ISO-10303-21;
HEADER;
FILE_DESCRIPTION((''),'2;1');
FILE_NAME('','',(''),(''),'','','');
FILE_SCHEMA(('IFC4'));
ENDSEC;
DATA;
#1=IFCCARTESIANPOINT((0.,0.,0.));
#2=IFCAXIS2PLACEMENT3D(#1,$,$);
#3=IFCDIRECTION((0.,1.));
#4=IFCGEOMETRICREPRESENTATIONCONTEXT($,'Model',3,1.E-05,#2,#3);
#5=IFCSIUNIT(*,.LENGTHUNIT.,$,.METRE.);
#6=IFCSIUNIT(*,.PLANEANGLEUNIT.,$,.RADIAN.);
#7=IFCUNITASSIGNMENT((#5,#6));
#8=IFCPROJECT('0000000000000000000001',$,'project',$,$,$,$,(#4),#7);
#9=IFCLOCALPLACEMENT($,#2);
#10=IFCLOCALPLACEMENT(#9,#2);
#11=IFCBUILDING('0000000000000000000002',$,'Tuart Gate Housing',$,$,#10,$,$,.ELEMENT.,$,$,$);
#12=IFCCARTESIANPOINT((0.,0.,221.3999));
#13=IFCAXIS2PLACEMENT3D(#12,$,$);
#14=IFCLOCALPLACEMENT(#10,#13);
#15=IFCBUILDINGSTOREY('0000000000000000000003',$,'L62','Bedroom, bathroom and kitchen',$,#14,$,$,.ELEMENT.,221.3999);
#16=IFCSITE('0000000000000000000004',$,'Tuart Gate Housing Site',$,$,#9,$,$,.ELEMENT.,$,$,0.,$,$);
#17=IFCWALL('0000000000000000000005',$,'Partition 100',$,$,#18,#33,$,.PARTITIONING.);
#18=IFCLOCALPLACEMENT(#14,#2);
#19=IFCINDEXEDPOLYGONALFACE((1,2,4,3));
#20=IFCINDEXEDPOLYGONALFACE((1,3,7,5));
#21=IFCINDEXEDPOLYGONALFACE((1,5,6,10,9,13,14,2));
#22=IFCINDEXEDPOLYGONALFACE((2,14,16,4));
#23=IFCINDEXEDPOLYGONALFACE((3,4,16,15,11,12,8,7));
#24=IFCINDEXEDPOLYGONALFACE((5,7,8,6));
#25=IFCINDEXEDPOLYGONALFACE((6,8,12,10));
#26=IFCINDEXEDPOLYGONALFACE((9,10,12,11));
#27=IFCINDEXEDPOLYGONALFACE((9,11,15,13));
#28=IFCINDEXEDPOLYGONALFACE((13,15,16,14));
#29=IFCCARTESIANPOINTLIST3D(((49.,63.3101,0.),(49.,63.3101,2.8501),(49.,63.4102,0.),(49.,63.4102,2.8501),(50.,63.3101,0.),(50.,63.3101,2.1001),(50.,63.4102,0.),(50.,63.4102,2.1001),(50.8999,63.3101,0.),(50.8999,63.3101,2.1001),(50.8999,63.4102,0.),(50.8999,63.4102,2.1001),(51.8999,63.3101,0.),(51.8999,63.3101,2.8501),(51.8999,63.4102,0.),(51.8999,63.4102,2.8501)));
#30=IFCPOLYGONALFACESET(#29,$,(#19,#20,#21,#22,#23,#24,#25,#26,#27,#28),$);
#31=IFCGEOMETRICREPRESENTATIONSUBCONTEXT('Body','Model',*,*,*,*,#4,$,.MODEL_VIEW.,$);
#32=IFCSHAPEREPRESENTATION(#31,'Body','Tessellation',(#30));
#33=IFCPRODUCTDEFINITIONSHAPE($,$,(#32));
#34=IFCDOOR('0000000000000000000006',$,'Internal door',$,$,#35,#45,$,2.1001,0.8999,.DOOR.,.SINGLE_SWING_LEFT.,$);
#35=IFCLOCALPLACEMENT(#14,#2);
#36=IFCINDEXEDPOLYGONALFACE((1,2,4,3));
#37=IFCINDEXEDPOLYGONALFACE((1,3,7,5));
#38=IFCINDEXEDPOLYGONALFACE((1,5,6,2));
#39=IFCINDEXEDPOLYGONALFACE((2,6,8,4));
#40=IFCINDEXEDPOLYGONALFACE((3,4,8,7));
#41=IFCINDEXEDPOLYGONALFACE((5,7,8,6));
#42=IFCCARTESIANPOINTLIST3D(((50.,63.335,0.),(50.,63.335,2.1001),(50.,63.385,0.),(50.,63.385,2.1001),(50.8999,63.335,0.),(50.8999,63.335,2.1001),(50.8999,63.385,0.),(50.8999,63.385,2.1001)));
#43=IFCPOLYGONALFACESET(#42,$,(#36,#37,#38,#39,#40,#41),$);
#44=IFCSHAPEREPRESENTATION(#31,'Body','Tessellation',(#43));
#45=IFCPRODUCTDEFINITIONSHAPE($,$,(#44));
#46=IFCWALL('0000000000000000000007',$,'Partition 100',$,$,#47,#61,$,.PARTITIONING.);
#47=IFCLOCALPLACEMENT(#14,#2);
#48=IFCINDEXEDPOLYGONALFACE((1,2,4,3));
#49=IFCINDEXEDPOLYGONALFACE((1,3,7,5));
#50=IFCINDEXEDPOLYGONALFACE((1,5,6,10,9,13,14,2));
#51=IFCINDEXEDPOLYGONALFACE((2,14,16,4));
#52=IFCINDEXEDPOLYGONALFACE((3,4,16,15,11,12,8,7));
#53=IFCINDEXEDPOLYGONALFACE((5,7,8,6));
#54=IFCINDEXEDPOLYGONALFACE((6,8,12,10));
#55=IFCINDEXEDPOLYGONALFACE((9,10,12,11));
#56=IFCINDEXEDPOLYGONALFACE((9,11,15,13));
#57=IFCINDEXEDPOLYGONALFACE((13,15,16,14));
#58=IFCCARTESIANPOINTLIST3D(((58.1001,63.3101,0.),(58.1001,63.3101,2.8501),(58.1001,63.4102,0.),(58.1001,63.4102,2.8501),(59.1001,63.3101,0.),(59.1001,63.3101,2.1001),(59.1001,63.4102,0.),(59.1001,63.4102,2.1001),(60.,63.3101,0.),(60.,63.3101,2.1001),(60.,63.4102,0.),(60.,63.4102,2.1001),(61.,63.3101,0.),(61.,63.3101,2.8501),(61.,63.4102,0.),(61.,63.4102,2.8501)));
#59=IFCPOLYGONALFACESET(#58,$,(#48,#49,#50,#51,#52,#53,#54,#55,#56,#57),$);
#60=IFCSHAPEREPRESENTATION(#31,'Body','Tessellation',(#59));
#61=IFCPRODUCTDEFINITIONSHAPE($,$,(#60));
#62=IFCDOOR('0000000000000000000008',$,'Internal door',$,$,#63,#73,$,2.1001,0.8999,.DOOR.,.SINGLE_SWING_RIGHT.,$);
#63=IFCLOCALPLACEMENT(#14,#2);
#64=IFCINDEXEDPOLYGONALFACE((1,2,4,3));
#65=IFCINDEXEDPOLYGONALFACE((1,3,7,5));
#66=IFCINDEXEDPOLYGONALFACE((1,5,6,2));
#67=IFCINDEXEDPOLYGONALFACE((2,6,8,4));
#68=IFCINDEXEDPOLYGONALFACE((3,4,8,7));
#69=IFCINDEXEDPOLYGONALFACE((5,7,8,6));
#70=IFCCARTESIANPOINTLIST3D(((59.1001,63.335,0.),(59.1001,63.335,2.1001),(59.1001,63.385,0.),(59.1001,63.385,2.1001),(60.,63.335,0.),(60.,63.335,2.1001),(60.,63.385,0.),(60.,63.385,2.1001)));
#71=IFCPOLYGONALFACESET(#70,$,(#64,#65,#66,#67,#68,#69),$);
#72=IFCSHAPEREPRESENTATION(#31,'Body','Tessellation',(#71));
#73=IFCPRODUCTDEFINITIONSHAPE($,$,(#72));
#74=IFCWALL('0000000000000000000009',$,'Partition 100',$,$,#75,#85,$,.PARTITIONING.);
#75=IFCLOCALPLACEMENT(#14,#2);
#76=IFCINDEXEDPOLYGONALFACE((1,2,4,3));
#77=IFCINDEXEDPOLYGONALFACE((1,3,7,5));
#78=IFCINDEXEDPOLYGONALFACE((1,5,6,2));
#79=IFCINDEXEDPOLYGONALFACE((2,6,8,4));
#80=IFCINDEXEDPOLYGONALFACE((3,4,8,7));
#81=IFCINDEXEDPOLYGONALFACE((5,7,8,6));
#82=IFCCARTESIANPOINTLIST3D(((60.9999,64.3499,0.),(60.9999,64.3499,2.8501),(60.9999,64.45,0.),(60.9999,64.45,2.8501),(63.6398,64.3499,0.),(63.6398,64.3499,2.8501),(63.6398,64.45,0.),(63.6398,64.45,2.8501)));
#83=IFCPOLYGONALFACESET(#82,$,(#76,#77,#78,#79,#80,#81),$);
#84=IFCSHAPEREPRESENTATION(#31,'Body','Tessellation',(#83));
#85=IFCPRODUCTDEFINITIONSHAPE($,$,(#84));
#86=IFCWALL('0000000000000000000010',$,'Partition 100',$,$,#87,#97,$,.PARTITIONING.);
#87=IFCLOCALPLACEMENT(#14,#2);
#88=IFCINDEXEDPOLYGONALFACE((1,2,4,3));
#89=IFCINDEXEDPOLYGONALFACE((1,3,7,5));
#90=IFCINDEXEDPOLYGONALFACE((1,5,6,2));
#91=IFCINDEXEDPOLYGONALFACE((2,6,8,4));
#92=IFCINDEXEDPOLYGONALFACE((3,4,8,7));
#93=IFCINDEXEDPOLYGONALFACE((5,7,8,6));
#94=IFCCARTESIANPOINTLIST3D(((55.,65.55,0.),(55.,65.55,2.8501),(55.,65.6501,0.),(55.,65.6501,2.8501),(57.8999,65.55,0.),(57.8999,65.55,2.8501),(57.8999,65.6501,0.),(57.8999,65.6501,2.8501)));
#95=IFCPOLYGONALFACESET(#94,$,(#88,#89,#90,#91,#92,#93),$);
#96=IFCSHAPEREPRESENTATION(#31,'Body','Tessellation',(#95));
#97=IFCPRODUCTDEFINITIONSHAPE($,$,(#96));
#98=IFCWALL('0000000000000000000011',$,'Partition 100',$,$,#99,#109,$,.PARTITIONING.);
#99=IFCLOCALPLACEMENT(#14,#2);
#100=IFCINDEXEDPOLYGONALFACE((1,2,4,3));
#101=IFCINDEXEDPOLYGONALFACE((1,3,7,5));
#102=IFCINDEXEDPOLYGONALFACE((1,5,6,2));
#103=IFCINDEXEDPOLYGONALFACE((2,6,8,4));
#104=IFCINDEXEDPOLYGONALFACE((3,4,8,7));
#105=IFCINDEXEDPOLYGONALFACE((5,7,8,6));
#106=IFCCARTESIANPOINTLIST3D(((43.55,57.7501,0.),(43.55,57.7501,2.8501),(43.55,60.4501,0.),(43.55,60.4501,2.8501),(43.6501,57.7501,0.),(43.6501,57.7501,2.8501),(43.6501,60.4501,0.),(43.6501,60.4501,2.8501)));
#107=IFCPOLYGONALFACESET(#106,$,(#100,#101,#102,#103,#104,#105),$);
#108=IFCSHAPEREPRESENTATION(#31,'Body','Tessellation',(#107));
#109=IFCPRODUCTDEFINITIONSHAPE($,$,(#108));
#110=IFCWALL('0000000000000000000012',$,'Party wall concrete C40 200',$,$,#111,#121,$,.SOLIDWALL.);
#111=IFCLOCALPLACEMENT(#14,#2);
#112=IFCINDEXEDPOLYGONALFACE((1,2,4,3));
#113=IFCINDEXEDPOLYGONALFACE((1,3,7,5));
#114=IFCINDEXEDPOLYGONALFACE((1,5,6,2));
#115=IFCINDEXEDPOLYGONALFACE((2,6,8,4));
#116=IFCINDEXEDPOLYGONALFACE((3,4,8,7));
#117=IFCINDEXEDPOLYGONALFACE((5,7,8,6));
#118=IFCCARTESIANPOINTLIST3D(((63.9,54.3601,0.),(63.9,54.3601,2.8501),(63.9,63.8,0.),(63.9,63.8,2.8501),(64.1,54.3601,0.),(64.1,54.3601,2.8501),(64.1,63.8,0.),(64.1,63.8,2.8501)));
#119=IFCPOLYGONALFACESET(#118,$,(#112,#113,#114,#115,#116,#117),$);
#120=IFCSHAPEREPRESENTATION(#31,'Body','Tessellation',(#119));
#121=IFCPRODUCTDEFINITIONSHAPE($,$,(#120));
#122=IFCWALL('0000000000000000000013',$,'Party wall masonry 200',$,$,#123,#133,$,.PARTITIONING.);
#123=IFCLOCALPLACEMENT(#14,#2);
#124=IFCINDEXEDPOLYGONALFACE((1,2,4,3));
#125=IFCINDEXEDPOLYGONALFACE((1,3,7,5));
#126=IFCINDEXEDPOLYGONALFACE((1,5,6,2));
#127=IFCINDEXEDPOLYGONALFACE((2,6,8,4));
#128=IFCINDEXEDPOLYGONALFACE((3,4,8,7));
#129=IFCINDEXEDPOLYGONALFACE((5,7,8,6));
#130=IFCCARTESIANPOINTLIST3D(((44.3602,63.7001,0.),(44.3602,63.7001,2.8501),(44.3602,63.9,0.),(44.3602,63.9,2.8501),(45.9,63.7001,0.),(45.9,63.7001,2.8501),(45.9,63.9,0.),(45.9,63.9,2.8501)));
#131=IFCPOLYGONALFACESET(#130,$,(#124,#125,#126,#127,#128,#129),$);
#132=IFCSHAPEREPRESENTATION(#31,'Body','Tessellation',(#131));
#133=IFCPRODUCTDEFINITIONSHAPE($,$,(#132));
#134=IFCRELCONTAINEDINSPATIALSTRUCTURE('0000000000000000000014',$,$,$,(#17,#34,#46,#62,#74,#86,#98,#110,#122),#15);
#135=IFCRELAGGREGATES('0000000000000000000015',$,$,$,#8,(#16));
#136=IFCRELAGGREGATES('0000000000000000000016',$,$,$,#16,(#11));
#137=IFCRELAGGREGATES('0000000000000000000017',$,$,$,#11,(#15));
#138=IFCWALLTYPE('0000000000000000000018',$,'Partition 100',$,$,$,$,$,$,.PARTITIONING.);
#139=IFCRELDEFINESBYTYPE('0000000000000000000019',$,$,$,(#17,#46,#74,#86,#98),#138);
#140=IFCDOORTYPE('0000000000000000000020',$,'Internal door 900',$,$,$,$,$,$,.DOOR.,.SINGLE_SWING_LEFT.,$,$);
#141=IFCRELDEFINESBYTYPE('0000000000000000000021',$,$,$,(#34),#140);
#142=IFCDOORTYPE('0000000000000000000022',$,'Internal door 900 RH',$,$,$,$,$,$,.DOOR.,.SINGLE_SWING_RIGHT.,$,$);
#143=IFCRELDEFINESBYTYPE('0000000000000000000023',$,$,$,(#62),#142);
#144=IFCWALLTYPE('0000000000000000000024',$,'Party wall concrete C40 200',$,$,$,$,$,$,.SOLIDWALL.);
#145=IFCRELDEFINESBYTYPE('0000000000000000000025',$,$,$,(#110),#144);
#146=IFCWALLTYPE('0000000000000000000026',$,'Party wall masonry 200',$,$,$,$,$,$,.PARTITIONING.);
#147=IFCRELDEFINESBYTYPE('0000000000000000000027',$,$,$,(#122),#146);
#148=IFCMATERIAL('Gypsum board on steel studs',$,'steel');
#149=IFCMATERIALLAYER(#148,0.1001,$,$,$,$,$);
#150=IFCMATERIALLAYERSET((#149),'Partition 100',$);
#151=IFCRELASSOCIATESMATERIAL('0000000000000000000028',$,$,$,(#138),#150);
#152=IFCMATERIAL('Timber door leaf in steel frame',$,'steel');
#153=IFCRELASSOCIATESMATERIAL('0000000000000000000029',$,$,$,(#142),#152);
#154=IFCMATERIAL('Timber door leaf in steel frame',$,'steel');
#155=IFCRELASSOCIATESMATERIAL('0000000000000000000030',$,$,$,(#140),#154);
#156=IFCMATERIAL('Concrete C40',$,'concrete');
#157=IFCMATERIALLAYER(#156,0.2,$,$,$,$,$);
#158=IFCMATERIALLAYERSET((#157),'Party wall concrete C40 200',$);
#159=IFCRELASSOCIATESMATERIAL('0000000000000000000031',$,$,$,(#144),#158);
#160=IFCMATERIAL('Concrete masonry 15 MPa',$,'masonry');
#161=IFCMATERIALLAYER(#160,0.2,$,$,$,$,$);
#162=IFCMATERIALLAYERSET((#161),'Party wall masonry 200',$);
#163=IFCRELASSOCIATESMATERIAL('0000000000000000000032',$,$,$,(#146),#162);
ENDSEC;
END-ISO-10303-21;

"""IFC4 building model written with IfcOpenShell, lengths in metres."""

from ifc_helpers import new_model, si_unit, direction, frame, frame_2d, origin, place, context, subcontext, project, spatial, rectangle, extrude, material, layer, layer_set, type_object, element, fill, save


model = new_model("IFC4")

# Units and contexts
model_context = context("Model", 3, precision=1e-05, world=origin(), true_north=direction((0.0, 1.0)))
body_context = subcontext(model_context, "Body", "Model", "MODEL_VIEW")
ifc_project = project(units=[si_unit("LENGTHUNIT", "METRE"), si_unit("PLANEANGLEUNIT", "RADIAN")], contexts=[model_context])

# Site, building, storey
site_placement = place(None, origin())
site = spatial("IfcSite", under=ifc_project, at=site_placement, Name="Tuart Gate Housing Site", CompositionType="ELEMENT", RefElevation=0.0)
building_placement = place(site_placement, origin())
building = spatial("IfcBuilding", under=site, at=building_placement, Name="Tuart Gate Housing", CompositionType="ELEMENT")
storey_placement = place(building_placement, frame((0.0, 0.0, 221.3999)))
storey = spatial("IfcBuildingStorey", under=building, at=storey_placement, Name="L62", Description="Bedroom, bathroom and kitchen", CompositionType="ELEMENT", Elevation=221.3999)

# Shared definitions
ifc_material_1 = material(Name="Gypsum board on steel studs", Category="steel")
ifc_layer_1 = layer(ifc_material_1, 0.1001)
ifc_layer_set_1 = layer_set([ifc_layer_1], Name="Partition 100")
wall_type_1 = type_object("IfcWallType", Name="Partition 100", PredefinedType="PARTITIONING", material=ifc_layer_set_1)

# Shared definitions
ifc_material_2 = material(Name="Timber door leaf in steel frame", Category="steel")
door_type_1 = type_object("IfcDoorType", Name="Internal door 900 RH", OperationType="SINGLE_SWING_RIGHT", PredefinedType="DOOR", material=ifc_material_2)

# Shared definitions
ifc_material_3 = material(Name="Timber door leaf in steel frame", Category="steel")
door_type_2 = type_object("IfcDoorType", Name="Internal door 900", OperationType="SINGLE_SWING_LEFT", PredefinedType="DOOR", material=ifc_material_3)

# Walls, openings, doors
wall_1_placement = place(storey_placement, frame((49.0, 63.3601, 0.0), z_axis=(0.0, 0.0, 1.0), x_axis=(1.0, 0.0, 0.0)))
wall_1 = element("IfcWall", 1, at=wall_1_placement, inside=storey, type_object=wall_type_1, Name="Partition 100", PredefinedType="PARTITIONING", context=body_context, shape_type="SweptSolid", body=[
    extrude(rectangle(XDim=2.8999, YDim=0.1001, at=frame_2d((1.45, 0.0))), origin(), (0.0, 0.0, 1.0), 2.8501),
])
opening_1_placement = place(wall_1_placement, frame((1.0, 0.0, 0.0)))
opening_1 = element("IfcOpeningElement", 2, at=opening_1_placement, cuts=wall_1, PredefinedType="OPENING", context=body_context, shape_type="SweptSolid", body=[
    extrude(rectangle(XDim=0.8999, YDim=2.1001, at=frame_2d((0.45, 1.05))), frame((0.0, 0.0601, 0.0), z_axis=(0.0, -1.0, 0.0), x_axis=(1.0, 0.0, 0.0)), (0.0, 0.0, 1.0), 0.1201),
])
door_1_placement = place(opening_1_placement, origin())
door_1 = element("IfcDoor", 3, at=door_1_placement, inside=storey, type_object=door_type_2, Name="Internal door", OperationType="SINGLE_SWING_LEFT", OverallHeight=2.1001, OverallWidth=0.8999, PredefinedType="DOOR", context=body_context, shape_type="SweptSolid", body=[
    extrude(rectangle(XDim=0.8999, YDim=2.1001, at=frame_2d((0.45, 1.05))), frame((0.0, 0.0249, 0.0), z_axis=(0.0, -1.0, 0.0), x_axis=(1.0, 0.0, 0.0)), (0.0, 0.0, 1.0), 0.05),
])
fill(opening_1, door_1)
wall_2_placement = place(storey_placement, frame((58.1001, 63.3601, 0.0), z_axis=(0.0, 0.0, 1.0), x_axis=(1.0, 0.0, 0.0)))
wall_2 = element("IfcWall", 4, at=wall_2_placement, inside=storey, type_object=wall_type_1, Name="Partition 100", PredefinedType="PARTITIONING", context=body_context, shape_type="SweptSolid", body=[
    extrude(rectangle(XDim=2.8999, YDim=0.1001, at=frame_2d((1.45, 0.0))), origin(), (0.0, 0.0, 1.0), 2.8501),
])
opening_2_placement = place(wall_2_placement, frame((1.0, 0.0, 0.0)))
opening_2 = element("IfcOpeningElement", 5, at=opening_2_placement, cuts=wall_2, PredefinedType="OPENING", context=body_context, shape_type="SweptSolid", body=[
    extrude(rectangle(XDim=0.8999, YDim=2.1001, at=frame_2d((0.45, 1.05))), frame((0.0, 0.0601, 0.0), z_axis=(0.0, -1.0, 0.0), x_axis=(1.0, 0.0, 0.0)), (0.0, 0.0, 1.0), 0.1201),
])
door_2_placement = place(opening_2_placement, origin())
door_2 = element("IfcDoor", 6, at=door_2_placement, inside=storey, type_object=door_type_1, Name="Internal door", OperationType="SINGLE_SWING_RIGHT", OverallHeight=2.1001, OverallWidth=0.8999, PredefinedType="DOOR", context=body_context, shape_type="SweptSolid", body=[
    extrude(rectangle(XDim=0.8999, YDim=2.1001, at=frame_2d((0.45, 1.05))), frame((0.0, 0.0249, 0.0), z_axis=(0.0, -1.0, 0.0), x_axis=(1.0, 0.0, 0.0)), (0.0, 0.0, 1.0), 0.05),
])
fill(opening_2, door_2)

# Walls
wall_3_placement = place(storey_placement, frame((61.0, 64.3999, 0.0), z_axis=(0.0, 0.0, 1.0), x_axis=(1.0, 0.0, 0.0)))
element("IfcWall", 7, at=wall_3_placement, inside=storey, type_object=wall_type_1, Name="Partition 100", PredefinedType="PARTITIONING", context=body_context, shape_type="SweptSolid", body=[
    extrude(rectangle(XDim=2.6399, YDim=0.1001, at=frame_2d((1.3198, 0.0))), origin(), (0.0, 0.0, 1.0), 2.8501),
])
wall_4_placement = place(storey_placement, frame((55.0, 65.6001, 0.0), z_axis=(0.0, 0.0, 1.0), x_axis=(1.0, 0.0, 0.0)))
element("IfcWall", 8, at=wall_4_placement, inside=storey, type_object=wall_type_1, Name="Partition 100", PredefinedType="PARTITIONING", context=body_context, shape_type="SweptSolid", body=[
    extrude(rectangle(XDim=2.8999, YDim=0.1001, at=frame_2d((1.45, 0.0))), origin(), (0.0, 0.0, 1.0), 2.8501),
])
wall_5_placement = place(storey_placement, frame((43.6001, 57.75, 0.0), z_axis=(0.0, 0.0, 1.0), x_axis=(0.0, 1.0, 0.0)))
element("IfcWall", 9, at=wall_5_placement, inside=storey, type_object=wall_type_1, Name="Partition 100", PredefinedType="PARTITIONING", context=body_context, shape_type="SweptSolid", body=[
    extrude(rectangle(XDim=2.7, YDim=0.1001, at=frame_2d((1.3501, 0.0))), origin(), (0.0, 0.0, 1.0), 2.8501),
])
ifc_material_4 = material(Name="Concrete C40", Category="concrete")
ifc_layer_2 = layer(ifc_material_4, 0.2)
ifc_layer_set_2 = layer_set([ifc_layer_2], Name="Party wall concrete C40 200")
wall_type_2 = type_object("IfcWallType", Name="Party wall concrete C40 200", PredefinedType="SOLIDWALL", material=ifc_layer_set_2)
wall_6_placement = place(storey_placement, frame((64.0, 54.3601, 0.0), z_axis=(0.0, 0.0, 1.0), x_axis=(0.0, 1.0, 0.0)))
element("IfcWall", 10, at=wall_6_placement, inside=storey, type_object=wall_type_2, Name="Party wall concrete C40 200", PredefinedType="SOLIDWALL", context=body_context, shape_type="SweptSolid", body=[
    extrude(rectangle(XDim=9.4399, YDim=0.2, at=frame_2d((4.72, 0.0))), origin(), (0.0, 0.0, 1.0), 2.8501),
])
ifc_material_5 = material(Name="Concrete masonry 15 MPa", Category="masonry")
ifc_layer_3 = layer(ifc_material_5, 0.2)
ifc_layer_set_3 = layer_set([ifc_layer_3], Name="Party wall masonry 200")
wall_type_3 = type_object("IfcWallType", Name="Party wall masonry 200", PredefinedType="PARTITIONING", material=ifc_layer_set_3)
wall_7_placement = place(storey_placement, frame((44.3601, 63.8, 0.0), z_axis=(0.0, 0.0, 1.0), x_axis=(1.0, 0.0, 0.0)))
element("IfcWall", 11, at=wall_7_placement, inside=storey, type_object=wall_type_3, Name="Party wall masonry 200", PredefinedType="PARTITIONING", context=body_context, shape_type="SweptSolid", body=[
    extrude(rectangle(XDim=1.5398, YDim=0.2, at=frame_2d((0.77, 0.0))), origin(), (0.0, 0.0, 1.0), 2.8501),
])

save(model, "model.ifc")
